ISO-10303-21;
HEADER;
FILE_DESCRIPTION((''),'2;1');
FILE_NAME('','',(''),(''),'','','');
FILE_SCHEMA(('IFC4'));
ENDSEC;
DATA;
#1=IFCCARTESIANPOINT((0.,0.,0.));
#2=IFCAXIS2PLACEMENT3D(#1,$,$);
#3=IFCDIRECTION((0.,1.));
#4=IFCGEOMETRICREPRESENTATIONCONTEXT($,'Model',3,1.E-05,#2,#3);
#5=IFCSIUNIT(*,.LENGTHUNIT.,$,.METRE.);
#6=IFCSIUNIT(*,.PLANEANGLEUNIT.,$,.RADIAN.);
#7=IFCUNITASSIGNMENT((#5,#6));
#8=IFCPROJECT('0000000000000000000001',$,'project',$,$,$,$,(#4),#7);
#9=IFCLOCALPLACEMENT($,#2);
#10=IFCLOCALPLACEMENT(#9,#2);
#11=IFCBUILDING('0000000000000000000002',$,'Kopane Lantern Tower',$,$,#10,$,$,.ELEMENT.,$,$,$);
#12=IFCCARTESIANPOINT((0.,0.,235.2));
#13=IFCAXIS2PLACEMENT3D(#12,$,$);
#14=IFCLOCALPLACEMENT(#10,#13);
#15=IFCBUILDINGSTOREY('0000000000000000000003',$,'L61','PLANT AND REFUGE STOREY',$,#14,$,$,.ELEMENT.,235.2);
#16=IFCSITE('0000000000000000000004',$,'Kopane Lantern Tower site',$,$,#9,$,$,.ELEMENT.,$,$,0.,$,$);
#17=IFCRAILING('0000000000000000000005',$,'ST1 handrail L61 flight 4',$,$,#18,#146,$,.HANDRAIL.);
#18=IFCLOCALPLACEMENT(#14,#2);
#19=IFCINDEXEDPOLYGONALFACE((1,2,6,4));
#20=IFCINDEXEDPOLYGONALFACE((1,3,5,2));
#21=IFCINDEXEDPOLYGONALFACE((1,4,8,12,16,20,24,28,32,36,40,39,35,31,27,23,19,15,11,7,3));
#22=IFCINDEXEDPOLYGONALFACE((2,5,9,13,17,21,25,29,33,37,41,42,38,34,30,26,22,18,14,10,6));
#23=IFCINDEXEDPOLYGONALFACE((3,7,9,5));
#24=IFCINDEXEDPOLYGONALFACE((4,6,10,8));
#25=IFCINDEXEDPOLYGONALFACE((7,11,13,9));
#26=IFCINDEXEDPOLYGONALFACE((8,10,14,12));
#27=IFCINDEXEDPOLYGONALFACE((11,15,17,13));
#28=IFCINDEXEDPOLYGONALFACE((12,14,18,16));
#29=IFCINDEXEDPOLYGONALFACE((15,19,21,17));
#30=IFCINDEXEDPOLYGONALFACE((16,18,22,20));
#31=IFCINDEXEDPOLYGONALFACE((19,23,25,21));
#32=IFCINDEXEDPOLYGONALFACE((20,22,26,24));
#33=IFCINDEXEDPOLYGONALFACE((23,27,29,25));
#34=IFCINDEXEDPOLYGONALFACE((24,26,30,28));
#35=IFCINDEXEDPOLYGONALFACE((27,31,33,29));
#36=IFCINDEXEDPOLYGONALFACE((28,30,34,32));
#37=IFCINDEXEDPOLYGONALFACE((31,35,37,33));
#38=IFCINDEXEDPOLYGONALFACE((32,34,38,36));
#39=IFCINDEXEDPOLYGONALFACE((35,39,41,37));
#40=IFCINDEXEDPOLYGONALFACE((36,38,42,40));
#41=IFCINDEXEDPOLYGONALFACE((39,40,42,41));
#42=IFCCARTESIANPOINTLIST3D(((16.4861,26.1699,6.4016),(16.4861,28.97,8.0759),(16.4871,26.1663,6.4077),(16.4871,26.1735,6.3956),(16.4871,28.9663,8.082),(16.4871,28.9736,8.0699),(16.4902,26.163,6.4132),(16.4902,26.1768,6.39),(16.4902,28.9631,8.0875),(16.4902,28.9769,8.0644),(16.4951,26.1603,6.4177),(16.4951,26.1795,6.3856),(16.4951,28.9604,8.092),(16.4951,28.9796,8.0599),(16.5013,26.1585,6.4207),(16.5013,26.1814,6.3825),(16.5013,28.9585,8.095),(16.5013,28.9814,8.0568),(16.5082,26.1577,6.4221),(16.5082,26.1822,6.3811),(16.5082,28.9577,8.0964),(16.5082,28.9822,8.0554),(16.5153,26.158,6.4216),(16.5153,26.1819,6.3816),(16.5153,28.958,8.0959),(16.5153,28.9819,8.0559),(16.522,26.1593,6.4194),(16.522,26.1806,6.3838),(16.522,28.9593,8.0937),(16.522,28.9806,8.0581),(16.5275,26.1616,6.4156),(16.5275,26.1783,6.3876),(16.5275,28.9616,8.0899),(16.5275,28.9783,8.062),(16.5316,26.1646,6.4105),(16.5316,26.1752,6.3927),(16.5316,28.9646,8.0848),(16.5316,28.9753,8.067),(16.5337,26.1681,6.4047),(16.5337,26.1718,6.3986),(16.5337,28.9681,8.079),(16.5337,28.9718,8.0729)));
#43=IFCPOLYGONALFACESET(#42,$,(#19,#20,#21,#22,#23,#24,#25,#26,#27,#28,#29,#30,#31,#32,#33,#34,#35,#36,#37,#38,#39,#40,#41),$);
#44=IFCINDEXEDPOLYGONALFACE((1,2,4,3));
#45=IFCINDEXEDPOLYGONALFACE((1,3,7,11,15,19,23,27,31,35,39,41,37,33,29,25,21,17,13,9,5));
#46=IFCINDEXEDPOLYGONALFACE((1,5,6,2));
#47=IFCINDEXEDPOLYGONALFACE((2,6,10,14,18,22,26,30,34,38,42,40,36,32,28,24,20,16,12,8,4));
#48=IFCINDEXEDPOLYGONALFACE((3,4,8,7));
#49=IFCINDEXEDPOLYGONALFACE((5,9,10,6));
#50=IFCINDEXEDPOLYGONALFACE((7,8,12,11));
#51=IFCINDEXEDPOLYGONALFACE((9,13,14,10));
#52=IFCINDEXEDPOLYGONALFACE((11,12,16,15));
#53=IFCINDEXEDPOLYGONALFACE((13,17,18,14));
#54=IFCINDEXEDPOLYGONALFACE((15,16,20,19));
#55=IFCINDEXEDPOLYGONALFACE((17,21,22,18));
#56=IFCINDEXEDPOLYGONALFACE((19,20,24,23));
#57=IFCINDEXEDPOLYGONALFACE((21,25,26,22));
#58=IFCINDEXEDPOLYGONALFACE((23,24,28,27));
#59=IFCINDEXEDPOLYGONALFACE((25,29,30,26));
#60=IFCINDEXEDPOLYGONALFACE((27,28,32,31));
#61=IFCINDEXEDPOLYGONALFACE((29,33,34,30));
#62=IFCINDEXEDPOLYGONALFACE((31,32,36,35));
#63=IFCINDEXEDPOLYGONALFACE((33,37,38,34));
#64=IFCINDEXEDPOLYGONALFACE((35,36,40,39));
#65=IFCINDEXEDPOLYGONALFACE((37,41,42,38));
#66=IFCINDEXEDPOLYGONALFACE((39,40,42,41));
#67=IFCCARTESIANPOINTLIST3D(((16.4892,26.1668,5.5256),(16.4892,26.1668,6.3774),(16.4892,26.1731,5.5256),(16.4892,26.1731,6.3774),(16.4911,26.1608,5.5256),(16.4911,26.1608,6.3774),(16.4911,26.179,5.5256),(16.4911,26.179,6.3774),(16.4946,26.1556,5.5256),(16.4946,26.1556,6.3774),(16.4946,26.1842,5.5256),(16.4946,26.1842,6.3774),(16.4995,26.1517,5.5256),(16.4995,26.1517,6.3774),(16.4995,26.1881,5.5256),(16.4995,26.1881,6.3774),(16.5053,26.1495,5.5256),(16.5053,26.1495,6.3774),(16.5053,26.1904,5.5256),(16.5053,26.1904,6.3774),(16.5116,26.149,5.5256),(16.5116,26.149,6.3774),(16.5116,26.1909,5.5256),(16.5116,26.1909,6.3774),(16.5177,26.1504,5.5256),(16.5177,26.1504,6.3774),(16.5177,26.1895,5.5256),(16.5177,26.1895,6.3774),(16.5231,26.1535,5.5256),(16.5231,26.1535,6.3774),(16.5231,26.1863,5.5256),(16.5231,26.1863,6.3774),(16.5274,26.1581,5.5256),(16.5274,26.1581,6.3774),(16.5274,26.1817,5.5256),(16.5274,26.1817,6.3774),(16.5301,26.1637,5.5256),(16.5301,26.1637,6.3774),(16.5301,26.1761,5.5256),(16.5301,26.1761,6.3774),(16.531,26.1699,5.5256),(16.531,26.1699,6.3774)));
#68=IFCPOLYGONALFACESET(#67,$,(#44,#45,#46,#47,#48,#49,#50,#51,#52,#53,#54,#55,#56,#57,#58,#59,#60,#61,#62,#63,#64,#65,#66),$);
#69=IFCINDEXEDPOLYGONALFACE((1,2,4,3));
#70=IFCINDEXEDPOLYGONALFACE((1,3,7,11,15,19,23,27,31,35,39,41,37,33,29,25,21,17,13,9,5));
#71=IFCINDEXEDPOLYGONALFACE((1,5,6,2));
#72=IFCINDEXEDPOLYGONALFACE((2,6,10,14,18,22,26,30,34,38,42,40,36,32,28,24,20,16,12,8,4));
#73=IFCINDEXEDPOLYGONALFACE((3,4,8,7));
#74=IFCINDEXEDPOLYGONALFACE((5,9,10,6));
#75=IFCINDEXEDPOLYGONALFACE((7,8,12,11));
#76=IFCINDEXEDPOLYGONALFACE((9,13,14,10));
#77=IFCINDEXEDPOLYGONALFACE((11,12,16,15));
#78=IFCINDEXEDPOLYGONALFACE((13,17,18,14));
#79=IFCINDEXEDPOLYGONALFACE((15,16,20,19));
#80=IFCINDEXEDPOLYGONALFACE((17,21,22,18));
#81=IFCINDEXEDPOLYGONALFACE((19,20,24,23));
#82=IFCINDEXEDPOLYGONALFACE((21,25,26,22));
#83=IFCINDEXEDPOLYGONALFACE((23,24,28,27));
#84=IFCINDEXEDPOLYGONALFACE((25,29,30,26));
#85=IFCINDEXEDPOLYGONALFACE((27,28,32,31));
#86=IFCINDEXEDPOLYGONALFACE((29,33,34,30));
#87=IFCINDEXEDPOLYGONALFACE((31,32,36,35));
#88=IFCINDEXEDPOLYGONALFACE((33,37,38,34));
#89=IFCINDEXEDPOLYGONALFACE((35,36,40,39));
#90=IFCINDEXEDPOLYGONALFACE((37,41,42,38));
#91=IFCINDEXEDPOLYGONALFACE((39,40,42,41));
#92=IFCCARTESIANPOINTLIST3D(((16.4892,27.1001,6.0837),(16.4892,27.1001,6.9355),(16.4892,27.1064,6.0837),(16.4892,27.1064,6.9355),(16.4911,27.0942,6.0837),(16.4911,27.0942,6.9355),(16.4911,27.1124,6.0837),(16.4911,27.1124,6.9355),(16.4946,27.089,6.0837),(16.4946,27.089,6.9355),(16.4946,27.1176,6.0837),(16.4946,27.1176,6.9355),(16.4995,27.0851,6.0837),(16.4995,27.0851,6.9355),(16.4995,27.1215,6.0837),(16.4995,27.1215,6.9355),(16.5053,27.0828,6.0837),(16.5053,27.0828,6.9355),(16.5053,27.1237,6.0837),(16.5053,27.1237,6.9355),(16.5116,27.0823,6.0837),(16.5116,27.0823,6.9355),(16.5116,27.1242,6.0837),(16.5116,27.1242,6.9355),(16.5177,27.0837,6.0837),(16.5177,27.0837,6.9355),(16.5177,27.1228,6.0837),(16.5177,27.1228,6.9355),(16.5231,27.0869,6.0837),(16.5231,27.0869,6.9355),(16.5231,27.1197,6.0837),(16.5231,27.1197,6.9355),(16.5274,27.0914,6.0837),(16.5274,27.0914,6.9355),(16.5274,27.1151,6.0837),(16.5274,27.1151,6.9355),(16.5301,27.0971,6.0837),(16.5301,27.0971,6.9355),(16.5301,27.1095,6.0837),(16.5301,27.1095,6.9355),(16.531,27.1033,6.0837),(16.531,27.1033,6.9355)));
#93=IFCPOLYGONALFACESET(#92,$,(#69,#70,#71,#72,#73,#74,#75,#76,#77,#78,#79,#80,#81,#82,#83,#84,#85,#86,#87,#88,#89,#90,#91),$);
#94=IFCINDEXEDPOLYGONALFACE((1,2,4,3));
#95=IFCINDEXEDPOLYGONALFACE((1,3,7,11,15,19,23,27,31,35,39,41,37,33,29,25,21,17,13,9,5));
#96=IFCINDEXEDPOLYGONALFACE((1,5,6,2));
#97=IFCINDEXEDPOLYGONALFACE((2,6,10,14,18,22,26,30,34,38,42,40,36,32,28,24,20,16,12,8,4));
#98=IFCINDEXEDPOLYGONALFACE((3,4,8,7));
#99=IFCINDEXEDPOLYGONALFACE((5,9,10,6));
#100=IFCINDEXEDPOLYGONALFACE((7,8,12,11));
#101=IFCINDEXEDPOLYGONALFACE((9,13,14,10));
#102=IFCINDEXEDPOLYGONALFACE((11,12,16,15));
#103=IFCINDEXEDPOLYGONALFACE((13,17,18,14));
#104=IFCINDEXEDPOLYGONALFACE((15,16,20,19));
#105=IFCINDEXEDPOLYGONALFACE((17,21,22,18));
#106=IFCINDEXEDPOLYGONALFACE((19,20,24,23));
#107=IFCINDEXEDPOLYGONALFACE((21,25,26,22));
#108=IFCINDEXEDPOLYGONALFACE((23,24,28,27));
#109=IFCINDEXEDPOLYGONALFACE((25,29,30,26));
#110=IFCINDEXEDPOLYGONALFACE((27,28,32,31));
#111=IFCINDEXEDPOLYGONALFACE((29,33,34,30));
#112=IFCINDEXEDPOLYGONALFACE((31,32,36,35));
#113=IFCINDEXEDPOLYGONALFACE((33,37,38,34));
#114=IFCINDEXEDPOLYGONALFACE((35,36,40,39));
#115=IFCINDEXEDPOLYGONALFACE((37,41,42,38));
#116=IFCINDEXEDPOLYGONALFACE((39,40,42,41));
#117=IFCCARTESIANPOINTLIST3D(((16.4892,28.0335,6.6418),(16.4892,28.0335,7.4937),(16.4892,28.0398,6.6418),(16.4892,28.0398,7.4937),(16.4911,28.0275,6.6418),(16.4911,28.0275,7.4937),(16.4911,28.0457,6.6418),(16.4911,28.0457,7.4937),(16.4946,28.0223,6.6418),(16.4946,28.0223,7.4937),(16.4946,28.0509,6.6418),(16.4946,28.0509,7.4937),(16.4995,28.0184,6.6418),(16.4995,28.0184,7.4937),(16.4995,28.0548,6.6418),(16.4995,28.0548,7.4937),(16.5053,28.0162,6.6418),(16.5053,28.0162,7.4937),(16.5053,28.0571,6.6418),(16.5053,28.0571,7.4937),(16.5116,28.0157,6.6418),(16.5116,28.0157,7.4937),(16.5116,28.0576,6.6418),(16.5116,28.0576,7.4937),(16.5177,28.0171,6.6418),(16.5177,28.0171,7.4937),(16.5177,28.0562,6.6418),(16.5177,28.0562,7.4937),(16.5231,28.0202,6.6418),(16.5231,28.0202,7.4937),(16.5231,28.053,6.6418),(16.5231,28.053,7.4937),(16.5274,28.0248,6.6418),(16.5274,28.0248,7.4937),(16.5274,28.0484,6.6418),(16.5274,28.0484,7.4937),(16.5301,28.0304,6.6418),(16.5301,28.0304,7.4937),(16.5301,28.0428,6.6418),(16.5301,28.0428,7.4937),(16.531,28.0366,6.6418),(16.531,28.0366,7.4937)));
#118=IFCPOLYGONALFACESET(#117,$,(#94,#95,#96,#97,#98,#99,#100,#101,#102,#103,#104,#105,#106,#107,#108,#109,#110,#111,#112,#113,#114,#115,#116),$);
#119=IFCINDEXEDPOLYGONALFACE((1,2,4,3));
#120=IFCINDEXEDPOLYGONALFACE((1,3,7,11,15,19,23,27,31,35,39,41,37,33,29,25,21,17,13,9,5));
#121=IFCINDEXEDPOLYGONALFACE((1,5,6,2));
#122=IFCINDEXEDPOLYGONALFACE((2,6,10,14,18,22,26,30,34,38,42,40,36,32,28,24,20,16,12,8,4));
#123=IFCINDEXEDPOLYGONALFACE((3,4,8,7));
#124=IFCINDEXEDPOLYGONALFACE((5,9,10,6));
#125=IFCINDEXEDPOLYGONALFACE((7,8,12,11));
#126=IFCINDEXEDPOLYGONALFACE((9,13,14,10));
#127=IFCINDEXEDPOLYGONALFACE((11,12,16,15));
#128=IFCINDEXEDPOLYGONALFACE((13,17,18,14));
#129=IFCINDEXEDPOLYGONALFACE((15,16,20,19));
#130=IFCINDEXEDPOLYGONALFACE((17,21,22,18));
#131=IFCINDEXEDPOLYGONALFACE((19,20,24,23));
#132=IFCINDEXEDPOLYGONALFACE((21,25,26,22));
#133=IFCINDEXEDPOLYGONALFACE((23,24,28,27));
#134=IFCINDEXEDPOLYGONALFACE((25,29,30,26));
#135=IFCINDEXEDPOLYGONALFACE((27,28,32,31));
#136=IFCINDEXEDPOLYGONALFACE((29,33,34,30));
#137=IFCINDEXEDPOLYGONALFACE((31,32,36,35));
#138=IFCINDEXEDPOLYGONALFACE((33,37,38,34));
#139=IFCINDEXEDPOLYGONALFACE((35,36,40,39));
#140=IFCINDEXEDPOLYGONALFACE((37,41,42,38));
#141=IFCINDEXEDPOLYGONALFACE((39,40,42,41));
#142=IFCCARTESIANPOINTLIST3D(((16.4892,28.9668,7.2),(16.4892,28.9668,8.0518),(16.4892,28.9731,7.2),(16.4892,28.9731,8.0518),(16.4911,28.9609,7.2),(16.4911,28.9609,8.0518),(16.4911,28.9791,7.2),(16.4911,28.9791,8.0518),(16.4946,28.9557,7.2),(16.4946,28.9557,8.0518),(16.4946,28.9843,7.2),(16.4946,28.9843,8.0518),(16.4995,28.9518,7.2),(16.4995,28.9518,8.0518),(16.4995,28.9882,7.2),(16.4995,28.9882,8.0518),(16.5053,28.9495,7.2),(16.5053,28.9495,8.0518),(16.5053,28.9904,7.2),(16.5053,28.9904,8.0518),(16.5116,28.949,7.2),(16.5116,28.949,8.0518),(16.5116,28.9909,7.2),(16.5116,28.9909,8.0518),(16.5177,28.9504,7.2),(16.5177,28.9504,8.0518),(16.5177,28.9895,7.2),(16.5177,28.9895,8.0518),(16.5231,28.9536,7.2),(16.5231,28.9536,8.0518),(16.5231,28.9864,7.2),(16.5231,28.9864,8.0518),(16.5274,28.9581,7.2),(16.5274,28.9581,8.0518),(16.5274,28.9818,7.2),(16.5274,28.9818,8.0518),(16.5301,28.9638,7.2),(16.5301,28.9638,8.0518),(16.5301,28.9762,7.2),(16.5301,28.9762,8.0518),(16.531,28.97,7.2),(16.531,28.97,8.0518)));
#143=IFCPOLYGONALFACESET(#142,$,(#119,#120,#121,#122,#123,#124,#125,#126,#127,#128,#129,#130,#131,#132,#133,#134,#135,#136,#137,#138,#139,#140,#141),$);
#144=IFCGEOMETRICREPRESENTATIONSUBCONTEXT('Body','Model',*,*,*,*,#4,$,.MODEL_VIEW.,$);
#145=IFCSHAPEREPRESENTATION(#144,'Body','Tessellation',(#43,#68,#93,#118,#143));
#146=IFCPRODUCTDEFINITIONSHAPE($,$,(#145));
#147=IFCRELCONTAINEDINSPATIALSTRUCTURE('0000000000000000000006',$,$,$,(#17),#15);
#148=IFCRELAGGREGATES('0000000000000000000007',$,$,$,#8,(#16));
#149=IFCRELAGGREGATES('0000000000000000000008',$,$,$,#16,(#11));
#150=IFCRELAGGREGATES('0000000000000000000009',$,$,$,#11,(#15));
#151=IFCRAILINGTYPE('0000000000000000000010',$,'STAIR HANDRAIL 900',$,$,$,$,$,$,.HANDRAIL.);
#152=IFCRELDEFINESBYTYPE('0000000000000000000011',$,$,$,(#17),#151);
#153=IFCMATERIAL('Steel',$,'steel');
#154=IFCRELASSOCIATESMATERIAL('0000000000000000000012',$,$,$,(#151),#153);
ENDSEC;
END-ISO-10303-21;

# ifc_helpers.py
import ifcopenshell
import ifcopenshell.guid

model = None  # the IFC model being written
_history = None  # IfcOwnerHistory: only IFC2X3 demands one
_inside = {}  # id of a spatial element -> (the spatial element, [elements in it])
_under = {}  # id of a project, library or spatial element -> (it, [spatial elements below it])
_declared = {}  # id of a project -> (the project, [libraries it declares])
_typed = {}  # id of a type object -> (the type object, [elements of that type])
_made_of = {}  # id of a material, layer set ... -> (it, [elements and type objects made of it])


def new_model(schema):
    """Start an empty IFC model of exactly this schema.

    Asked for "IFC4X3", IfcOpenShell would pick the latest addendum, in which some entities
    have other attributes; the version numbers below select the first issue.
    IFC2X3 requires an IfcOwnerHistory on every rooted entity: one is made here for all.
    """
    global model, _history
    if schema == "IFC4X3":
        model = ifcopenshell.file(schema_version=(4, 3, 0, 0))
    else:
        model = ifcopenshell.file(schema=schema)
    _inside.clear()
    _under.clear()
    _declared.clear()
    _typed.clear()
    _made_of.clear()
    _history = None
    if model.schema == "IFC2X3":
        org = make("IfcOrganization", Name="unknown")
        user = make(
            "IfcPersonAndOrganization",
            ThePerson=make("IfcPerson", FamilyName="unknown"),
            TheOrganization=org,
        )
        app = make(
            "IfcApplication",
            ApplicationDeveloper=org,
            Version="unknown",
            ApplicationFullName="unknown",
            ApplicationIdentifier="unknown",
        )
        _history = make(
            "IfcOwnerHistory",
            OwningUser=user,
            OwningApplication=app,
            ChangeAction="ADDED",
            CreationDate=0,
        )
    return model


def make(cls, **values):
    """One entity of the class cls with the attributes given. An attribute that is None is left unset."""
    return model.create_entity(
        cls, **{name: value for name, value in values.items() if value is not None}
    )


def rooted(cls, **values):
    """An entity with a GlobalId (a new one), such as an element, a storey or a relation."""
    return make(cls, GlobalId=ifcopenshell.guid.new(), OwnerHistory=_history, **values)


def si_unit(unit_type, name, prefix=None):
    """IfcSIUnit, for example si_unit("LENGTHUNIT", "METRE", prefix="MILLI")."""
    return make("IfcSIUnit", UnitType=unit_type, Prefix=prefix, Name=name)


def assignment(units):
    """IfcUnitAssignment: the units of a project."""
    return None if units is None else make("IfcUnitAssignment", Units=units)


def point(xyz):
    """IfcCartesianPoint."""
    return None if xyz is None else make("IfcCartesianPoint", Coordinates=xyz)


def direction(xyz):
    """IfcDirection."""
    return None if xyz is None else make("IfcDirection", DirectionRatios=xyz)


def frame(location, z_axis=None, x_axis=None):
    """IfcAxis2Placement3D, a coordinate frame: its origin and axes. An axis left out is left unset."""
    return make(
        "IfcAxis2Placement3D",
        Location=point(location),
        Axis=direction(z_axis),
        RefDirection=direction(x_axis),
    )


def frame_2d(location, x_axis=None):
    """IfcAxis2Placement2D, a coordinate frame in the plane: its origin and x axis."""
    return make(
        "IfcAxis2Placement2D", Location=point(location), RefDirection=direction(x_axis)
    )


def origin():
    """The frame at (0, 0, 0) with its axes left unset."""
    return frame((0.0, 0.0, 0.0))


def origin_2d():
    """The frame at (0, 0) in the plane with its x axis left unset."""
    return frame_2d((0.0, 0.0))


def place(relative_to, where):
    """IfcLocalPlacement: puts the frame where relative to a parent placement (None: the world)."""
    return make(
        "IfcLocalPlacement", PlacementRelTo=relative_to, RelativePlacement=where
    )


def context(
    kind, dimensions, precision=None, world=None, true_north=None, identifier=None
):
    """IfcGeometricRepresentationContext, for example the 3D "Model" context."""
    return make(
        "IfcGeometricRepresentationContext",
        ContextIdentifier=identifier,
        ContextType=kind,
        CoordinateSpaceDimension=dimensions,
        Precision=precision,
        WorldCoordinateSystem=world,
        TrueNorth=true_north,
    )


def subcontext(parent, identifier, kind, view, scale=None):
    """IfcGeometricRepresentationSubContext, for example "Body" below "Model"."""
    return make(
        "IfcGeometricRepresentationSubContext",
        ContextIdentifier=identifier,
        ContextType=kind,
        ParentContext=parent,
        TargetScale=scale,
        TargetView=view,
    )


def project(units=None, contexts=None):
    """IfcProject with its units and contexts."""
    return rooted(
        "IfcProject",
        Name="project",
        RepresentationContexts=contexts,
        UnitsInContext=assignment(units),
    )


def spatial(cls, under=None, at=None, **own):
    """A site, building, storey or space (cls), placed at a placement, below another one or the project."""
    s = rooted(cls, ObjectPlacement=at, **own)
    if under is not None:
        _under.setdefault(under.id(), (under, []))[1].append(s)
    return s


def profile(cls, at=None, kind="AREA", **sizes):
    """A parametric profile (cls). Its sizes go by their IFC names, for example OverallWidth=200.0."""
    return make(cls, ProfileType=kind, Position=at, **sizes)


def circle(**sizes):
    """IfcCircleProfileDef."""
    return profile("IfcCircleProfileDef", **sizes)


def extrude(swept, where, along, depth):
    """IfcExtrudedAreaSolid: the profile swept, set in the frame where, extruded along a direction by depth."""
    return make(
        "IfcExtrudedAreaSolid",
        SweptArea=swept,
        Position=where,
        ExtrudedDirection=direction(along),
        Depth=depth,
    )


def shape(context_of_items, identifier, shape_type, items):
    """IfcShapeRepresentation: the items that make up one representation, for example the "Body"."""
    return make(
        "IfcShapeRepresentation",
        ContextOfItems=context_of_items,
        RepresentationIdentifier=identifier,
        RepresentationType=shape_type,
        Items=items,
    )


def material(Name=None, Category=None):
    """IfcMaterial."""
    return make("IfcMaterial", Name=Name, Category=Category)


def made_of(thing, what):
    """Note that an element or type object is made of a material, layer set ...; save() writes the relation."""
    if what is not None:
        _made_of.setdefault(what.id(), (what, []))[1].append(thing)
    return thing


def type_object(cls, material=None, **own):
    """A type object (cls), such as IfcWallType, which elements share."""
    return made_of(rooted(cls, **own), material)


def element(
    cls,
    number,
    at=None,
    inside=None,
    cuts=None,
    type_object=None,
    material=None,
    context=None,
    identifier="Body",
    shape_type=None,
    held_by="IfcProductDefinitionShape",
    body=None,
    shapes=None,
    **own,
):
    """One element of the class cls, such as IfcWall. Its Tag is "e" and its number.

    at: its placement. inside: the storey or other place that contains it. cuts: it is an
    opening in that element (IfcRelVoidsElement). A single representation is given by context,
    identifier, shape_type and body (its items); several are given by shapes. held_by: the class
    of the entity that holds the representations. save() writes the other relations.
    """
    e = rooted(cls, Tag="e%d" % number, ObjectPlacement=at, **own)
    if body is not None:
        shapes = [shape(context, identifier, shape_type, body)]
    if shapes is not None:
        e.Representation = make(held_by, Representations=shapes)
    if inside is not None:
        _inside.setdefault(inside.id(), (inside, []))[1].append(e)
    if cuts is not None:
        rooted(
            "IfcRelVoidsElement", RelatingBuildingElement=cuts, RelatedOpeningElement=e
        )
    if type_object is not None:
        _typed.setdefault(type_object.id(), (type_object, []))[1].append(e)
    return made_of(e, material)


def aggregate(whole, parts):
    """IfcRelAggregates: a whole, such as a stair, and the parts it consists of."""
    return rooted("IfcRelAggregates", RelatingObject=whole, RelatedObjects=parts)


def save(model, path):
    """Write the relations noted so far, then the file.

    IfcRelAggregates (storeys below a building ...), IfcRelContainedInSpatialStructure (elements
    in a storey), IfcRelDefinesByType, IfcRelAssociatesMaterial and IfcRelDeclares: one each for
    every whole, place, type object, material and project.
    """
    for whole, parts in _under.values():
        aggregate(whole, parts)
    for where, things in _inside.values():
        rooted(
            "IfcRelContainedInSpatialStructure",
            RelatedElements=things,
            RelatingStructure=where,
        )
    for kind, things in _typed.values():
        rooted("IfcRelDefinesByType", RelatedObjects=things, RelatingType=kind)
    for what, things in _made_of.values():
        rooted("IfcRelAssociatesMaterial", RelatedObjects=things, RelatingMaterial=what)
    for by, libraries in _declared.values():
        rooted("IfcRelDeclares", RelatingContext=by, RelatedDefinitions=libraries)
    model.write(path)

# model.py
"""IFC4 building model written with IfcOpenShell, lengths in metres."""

from ifc_helpers import new_model, si_unit, direction, frame, origin, origin_2d, place, context, subcontext, project, spatial, circle, extrude, material, type_object, element, save


model = new_model("IFC4")

# Units and contexts
model_context = context("Model", 3, precision=1e-05, world=origin(), true_north=direction((0.0, 1.0)))
body_context = subcontext(model_context, "Body", "Model", "MODEL_VIEW")
ifc_project = project(units=[si_unit("LENGTHUNIT", "METRE"), si_unit("PLANEANGLEUNIT", "RADIAN")], contexts=[model_context])

# Site, building, storey
site_placement = place(None, origin())
site = spatial("IfcSite", under=ifc_project, at=site_placement, Name="Kopane Lantern Tower site", CompositionType="ELEMENT", RefElevation=0.0)
building_placement = place(site_placement, origin())
building = spatial("IfcBuilding", under=site, at=building_placement, Name="Kopane Lantern Tower", CompositionType="ELEMENT")
storey_placement = place(building_placement, frame((0.0, 0.0, 235.2)))
storey = spatial("IfcBuildingStorey", under=building, at=storey_placement, Name="L61", Description="PLANT AND REFUGE STOREY", CompositionType="ELEMENT", Elevation=235.2)

# Railing
ifc_material_1 = material(Name="Steel", Category="steel")
railing_type = type_object("IfcRailingType", Name="STAIR HANDRAIL 900", PredefinedType="HANDRAIL", material=ifc_material_1)
for number, where, name in (
    (1, (16.51, 26.1699, 5.5256), "ST1 handrail L61 flight 4"),
):
    element("IfcRailing", number, at=place(storey_placement, frame(where)), inside=storey, type_object=railing_type, Name=name, PredefinedType="HANDRAIL", context=body_context, shape_type="SweptSolid", body=[
        extrude(circle(Radius=0.0239, at=origin_2d()), frame((0.0, 0.0, 0.876), z_axis=(0.0, 0.858265, 0.513208), x_axis=(-1.0, 0.0, 0.0)), (0.0, 0.0, 1.0), 3.2625),
        extrude(circle(Radius=0.021, at=origin_2d()), origin(), (0.0, 0.0, 1.0), 0.8518),
        extrude(circle(Radius=0.021, at=origin_2d()), frame((0.0, 0.9333, 0.5581)), (0.0, 0.0, 1.0), 0.8518),
        extrude(circle(Radius=0.021, at=origin_2d()), frame((0.0, 1.8667, 1.1162)), (0.0, 0.0, 1.0), 0.8518),
        extrude(circle(Radius=0.021, at=origin_2d()), frame((0.0, 2.8, 1.6743)), (0.0, 0.0, 1.0), 0.8518),
    ])

save(model, "model.ifc")
